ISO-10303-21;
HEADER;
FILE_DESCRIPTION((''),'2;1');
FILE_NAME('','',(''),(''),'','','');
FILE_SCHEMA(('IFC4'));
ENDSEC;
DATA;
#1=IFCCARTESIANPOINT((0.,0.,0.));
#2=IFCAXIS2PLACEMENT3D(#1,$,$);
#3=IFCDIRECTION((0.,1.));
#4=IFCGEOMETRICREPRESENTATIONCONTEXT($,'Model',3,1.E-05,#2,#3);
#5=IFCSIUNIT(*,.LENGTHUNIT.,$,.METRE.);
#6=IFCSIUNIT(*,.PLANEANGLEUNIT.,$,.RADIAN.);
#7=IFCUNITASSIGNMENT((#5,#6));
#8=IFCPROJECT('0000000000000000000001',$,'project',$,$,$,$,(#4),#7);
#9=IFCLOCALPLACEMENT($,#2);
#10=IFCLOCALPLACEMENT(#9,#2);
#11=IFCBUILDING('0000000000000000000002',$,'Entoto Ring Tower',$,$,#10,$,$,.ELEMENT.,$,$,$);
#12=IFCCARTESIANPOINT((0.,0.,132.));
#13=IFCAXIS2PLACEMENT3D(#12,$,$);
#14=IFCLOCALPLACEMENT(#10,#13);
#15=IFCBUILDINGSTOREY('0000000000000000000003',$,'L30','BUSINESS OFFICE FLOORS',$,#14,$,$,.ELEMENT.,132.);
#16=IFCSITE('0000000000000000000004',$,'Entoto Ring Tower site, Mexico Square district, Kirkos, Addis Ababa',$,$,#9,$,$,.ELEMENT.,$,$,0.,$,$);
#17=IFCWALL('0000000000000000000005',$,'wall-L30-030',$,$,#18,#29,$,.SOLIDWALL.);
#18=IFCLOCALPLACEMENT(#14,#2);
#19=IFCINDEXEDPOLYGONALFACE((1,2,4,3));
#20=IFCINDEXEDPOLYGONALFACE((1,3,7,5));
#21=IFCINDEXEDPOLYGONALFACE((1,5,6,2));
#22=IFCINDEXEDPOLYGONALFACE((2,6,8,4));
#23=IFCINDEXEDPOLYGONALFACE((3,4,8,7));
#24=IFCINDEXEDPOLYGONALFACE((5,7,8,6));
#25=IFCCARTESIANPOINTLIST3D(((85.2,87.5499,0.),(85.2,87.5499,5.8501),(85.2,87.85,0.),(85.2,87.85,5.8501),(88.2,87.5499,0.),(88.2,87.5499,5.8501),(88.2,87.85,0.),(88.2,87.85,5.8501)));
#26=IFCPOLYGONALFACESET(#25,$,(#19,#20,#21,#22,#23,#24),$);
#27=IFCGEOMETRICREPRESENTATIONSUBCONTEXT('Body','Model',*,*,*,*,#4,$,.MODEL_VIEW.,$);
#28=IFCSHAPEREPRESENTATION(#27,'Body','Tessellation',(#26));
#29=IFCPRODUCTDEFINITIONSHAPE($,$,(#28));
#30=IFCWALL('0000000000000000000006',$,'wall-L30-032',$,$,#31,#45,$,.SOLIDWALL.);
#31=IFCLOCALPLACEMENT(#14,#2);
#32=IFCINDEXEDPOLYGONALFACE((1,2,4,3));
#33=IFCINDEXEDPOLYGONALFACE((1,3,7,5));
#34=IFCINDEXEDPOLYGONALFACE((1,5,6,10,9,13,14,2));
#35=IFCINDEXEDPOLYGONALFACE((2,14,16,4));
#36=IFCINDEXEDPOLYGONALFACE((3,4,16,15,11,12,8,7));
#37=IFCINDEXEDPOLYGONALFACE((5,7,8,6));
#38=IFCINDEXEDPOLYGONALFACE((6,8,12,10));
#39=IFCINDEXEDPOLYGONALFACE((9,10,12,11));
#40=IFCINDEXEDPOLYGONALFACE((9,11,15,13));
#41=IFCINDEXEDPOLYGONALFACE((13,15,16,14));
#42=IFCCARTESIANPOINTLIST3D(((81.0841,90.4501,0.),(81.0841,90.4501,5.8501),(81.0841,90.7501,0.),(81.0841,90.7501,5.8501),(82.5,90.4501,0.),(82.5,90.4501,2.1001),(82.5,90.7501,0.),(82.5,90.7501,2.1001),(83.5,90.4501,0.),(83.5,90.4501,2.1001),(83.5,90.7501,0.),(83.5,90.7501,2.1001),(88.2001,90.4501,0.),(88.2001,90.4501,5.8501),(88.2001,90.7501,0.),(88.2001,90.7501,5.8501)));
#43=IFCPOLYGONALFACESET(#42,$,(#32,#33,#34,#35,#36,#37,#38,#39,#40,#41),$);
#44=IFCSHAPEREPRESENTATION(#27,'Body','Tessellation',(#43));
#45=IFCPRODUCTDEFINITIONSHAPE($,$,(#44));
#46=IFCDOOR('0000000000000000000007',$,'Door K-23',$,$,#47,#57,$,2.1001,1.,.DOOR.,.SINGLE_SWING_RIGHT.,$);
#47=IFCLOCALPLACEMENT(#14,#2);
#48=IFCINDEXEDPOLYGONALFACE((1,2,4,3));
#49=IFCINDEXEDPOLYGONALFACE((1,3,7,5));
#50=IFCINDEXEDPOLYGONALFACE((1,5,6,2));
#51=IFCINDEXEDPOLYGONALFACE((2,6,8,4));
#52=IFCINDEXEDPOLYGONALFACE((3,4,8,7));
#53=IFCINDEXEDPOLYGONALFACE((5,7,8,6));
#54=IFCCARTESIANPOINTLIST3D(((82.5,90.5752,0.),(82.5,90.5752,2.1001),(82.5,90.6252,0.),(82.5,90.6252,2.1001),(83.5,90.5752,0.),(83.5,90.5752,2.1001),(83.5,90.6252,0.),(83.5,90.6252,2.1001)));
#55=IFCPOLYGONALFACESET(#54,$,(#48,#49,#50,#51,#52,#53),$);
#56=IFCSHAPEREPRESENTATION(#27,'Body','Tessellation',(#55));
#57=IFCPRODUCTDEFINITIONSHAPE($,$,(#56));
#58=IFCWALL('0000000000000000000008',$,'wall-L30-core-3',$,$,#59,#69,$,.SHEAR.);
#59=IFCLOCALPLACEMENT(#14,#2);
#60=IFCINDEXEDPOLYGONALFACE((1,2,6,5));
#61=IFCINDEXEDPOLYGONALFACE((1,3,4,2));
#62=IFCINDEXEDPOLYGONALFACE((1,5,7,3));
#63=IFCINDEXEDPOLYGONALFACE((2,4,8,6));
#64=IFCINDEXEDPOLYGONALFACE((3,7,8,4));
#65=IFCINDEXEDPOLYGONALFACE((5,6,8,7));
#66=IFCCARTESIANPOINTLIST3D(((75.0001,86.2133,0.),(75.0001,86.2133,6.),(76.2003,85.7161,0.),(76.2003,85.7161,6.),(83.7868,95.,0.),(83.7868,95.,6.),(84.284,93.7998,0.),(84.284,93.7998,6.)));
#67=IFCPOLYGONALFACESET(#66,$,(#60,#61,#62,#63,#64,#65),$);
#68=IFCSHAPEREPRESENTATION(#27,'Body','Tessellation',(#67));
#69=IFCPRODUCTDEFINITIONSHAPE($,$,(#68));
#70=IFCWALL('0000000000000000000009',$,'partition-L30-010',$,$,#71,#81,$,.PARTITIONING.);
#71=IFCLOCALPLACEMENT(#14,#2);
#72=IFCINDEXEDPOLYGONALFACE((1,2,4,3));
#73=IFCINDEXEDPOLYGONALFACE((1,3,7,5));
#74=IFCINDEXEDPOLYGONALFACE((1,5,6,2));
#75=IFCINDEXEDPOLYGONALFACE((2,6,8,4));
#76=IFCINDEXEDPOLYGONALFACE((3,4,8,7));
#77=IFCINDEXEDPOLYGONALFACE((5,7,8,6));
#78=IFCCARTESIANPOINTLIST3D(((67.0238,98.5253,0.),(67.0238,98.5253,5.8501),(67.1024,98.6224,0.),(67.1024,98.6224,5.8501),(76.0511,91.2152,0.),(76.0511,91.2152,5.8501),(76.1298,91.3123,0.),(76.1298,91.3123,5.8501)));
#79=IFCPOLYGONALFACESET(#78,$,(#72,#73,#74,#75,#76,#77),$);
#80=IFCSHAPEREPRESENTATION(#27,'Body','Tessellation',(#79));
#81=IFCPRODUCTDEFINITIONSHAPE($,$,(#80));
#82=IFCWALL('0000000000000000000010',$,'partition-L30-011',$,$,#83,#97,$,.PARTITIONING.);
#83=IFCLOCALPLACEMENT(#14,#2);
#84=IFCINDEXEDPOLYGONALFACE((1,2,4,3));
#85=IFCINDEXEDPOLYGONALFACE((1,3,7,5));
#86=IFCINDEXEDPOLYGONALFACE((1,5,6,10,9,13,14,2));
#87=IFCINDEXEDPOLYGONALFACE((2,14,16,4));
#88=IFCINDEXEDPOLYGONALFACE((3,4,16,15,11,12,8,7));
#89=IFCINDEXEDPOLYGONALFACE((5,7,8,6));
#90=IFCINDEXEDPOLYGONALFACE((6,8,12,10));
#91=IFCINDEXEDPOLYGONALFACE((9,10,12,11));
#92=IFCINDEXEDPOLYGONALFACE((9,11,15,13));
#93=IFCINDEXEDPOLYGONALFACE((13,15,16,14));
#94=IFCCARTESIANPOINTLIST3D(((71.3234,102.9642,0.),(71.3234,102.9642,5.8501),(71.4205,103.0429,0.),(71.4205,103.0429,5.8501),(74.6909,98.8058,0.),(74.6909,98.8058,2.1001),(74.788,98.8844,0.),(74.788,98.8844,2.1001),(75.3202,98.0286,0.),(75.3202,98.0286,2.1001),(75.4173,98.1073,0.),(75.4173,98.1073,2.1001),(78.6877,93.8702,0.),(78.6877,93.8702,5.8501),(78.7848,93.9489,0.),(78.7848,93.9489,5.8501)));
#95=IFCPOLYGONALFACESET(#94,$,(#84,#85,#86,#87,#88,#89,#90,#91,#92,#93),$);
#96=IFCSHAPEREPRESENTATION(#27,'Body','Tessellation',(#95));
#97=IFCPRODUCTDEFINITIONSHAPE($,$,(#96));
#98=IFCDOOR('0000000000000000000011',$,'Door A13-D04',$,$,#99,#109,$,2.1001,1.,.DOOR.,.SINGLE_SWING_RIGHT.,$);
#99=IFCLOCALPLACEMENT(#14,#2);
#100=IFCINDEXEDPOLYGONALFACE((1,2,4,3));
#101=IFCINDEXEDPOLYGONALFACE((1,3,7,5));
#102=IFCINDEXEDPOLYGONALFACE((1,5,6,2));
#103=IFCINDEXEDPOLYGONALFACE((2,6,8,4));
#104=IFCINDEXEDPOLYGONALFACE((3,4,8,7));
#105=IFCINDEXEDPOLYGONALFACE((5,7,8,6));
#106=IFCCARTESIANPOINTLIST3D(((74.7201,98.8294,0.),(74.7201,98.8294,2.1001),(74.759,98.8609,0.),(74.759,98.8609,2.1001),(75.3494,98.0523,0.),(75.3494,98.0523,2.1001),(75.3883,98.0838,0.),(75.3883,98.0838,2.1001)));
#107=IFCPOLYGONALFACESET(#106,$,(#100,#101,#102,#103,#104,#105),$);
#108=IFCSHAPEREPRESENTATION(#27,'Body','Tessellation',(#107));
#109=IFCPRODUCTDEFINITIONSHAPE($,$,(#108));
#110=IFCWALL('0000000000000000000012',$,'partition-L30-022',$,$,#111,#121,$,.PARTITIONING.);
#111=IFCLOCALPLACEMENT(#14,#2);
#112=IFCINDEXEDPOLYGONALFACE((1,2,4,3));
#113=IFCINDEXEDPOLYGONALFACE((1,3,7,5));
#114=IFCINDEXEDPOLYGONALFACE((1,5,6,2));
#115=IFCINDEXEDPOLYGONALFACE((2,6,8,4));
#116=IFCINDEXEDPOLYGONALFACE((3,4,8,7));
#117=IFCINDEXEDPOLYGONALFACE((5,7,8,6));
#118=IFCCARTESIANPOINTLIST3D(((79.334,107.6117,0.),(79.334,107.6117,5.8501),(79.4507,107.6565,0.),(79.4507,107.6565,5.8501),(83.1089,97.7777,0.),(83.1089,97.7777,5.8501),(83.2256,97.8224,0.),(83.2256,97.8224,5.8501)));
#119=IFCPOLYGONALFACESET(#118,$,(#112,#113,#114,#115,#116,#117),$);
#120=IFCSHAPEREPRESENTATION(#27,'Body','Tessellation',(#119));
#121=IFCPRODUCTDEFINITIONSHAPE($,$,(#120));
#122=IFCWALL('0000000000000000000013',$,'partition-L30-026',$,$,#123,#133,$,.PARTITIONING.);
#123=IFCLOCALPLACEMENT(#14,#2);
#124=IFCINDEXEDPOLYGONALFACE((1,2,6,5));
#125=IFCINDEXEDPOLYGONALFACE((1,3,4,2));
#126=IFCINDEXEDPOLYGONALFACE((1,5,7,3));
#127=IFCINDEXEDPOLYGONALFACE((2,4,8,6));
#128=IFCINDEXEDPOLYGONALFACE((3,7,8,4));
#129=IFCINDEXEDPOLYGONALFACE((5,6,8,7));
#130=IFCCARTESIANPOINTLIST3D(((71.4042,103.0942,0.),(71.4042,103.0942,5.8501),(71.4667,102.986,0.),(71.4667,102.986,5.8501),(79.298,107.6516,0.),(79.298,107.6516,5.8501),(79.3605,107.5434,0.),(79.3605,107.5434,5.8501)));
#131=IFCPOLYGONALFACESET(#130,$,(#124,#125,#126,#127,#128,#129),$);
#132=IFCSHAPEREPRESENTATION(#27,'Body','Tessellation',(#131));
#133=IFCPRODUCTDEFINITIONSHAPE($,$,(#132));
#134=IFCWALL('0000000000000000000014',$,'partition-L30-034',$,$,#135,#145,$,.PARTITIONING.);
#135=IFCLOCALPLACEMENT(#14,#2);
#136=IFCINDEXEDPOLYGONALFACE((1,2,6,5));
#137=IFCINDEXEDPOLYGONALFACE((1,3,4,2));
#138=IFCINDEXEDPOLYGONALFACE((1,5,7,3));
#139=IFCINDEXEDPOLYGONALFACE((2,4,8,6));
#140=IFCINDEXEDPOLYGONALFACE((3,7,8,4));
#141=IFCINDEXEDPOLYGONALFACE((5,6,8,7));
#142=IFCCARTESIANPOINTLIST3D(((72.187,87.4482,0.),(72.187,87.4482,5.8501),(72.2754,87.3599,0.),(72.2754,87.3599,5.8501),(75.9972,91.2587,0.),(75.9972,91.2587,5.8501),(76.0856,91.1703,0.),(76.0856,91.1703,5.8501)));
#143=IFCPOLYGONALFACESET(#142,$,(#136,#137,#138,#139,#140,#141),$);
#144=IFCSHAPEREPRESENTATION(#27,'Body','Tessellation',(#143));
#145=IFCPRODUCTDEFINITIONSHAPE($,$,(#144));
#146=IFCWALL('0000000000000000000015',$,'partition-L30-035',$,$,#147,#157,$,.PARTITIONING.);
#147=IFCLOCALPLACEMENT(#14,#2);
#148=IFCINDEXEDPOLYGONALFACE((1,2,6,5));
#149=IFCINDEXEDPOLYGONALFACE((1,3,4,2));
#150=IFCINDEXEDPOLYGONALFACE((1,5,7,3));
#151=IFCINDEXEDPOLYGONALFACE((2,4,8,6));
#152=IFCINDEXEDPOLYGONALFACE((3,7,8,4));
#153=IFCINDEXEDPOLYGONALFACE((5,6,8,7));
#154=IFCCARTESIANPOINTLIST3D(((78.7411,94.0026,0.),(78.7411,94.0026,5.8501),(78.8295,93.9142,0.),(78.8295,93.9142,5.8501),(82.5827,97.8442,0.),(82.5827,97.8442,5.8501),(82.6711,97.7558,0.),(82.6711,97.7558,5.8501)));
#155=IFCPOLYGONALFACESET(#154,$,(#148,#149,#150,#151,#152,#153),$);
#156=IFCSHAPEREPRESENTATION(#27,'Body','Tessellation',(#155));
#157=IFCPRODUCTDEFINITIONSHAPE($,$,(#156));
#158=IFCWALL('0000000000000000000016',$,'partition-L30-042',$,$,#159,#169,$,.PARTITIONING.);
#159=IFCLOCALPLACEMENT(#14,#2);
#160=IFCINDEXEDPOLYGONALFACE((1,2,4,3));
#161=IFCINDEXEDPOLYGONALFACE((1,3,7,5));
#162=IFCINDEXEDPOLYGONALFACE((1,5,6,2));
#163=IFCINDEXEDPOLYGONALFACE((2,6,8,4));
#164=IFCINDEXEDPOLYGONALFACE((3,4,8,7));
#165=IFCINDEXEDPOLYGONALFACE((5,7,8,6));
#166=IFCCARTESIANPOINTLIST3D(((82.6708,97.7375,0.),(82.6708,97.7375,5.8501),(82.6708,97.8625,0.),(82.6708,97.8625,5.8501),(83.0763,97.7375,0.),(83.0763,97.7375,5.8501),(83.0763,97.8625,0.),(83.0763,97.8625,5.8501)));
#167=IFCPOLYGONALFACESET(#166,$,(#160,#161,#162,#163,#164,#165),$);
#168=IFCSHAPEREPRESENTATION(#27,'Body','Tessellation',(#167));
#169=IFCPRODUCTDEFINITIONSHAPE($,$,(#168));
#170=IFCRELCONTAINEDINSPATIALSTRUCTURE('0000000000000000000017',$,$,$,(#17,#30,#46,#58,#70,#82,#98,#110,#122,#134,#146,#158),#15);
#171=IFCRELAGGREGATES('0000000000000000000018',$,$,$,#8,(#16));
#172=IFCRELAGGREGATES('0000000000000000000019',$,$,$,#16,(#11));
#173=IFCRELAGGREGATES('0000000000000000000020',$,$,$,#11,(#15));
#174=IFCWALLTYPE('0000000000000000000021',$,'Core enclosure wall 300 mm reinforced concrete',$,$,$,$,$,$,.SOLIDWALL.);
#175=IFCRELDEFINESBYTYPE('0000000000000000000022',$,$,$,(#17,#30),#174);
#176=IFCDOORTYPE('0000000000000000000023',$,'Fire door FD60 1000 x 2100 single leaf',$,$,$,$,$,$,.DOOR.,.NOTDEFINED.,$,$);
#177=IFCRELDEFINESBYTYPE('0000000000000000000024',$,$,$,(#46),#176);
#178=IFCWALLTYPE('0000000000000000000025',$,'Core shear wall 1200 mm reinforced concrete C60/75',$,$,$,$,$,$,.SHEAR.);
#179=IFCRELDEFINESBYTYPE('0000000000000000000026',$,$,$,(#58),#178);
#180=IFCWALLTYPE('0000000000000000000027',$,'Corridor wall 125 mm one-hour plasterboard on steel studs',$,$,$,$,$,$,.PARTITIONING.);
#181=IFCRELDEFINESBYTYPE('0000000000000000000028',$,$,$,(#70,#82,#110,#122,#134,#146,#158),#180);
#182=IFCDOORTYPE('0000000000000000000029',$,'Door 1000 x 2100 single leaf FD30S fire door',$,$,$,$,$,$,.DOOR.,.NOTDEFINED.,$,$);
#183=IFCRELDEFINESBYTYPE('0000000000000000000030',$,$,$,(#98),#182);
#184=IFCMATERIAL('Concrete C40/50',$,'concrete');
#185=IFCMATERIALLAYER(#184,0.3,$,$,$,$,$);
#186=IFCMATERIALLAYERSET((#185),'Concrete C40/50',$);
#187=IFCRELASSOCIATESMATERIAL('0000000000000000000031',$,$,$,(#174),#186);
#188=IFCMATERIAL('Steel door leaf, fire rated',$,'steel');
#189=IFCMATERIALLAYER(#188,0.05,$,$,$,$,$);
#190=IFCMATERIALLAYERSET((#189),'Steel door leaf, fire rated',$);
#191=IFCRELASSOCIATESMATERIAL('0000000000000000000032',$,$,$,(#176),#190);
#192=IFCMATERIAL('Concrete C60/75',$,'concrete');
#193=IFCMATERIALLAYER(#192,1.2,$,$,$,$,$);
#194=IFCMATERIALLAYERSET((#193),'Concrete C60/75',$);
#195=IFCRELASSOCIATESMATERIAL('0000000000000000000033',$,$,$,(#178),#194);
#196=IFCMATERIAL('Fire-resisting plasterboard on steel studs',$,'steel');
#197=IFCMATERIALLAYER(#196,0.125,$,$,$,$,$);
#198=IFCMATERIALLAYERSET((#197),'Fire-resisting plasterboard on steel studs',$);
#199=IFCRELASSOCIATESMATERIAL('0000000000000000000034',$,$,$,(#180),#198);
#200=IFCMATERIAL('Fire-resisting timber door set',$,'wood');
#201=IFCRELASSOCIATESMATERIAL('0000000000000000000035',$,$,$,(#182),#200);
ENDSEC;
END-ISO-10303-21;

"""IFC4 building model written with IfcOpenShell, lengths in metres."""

from ifc_helpers import new_model, si_unit, direction, frame, frame_2d, origin, place, context, subcontext, project, spatial, polyline, rectangle, outline, extrude, material, layer, layer_set, type_object, element, fill, save


model = new_model("IFC4")

# Units and contexts
model_context = context("Model", 3, precision=1e-05, world=origin(), true_north=direction((0.0, 1.0)))
body_context = subcontext(model_context, "Body", "Model", "MODEL_VIEW")
ifc_project = project(units=[si_unit("LENGTHUNIT", "METRE"), si_unit("PLANEANGLEUNIT", "RADIAN")], contexts=[model_context])

# Site, building, storey
site_placement = place(None, origin())
site = spatial("IfcSite", under=ifc_project, at=site_placement, Name="Entoto Ring Tower site, Mexico Square district, Kirkos, Addis Ababa", CompositionType="ELEMENT", RefElevation=0.0)
building_placement = place(site_placement, origin())
building = spatial("IfcBuilding", under=site, at=building_placement, Name="Entoto Ring Tower", CompositionType="ELEMENT")
storey_placement = place(building_placement, frame((0.0, 0.0, 132.0)))
storey = spatial("IfcBuildingStorey", under=building, at=storey_placement, Name="L30", Description="BUSINESS OFFICE FLOORS", CompositionType="ELEMENT", Elevation=132.0)

# Wall
ifc_material_1 = material(Name="Concrete C40/50", Category="concrete")
ifc_layer_1 = layer(ifc_material_1, 0.3)
ifc_layer_set_1 = layer_set([ifc_layer_1], Name="Concrete C40/50")
wall_type_1 = type_object("IfcWallType", Name="Core enclosure wall 300 mm reinforced concrete", PredefinedType="SOLIDWALL", material=ifc_layer_set_1)
wall_1_placement = place(storey_placement, frame((85.2, 87.7, 0.0), z_axis=(0.0, 0.0, 1.0), x_axis=(1.0, 0.0, 0.0)))
element("IfcWall", 1, at=wall_1_placement, inside=storey, type_object=wall_type_1, Name="wall-L30-030", PredefinedType="SOLIDWALL", context=body_context, shape_type="SweptSolid", body=[
    extrude(rectangle(XDim=3.0, YDim=0.3, at=frame_2d((1.5, 0.0))), origin(), (0.0, 0.0, 1.0), 5.8501),
])

# Wall, opening, door
wall_2_placement = place(storey_placement, frame((81.084, 90.6001, 0.0), z_axis=(0.0, 0.0, 1.0), x_axis=(1.0, 0.0, 0.0)))
wall_2 = element("IfcWall", 2, at=wall_2_placement, inside=storey, type_object=wall_type_1, Name="wall-L30-032", PredefinedType="SOLIDWALL", context=body_context, shape_type="SweptSolid", body=[
    extrude(rectangle(XDim=7.116, YDim=0.3, at=frame_2d((3.5581, 0.0))), origin(), (0.0, 0.0, 1.0), 5.8501),
])
opening_1_placement = place(wall_2_placement, frame((1.416, 0.0, 0.0)))
opening_1 = element("IfcOpeningElement", 3, at=opening_1_placement, cuts=wall_2, PredefinedType="OPENING", context=body_context, shape_type="SweptSolid", body=[
    extrude(rectangle(XDim=1.0, YDim=2.1001, at=frame_2d((0.5, 1.05))), frame((0.0, 0.1602, 0.0), z_axis=(0.0, -1.0, 0.0), x_axis=(1.0, 0.0, 0.0)), (0.0, 0.0, 1.0), 0.3201),
])
ifc_material_2 = material(Name="Steel door leaf, fire rated", Category="steel")
ifc_layer_2 = layer(ifc_material_2, 0.05)
ifc_layer_set_2 = layer_set([ifc_layer_2], Name="Steel door leaf, fire rated")
door_type_1 = type_object("IfcDoorType", Name="Fire door FD60 1000 x 2100 single leaf", OperationType="NOTDEFINED", PredefinedType="DOOR", material=ifc_layer_set_2)
door_1_placement = place(opening_1_placement, frame((1.0, 0.0, 0.0), z_axis=(0.0, 0.0, 1.0), x_axis=(-1.0, 0.0, 0.0)))
door_1 = element("IfcDoor", 4, at=door_1_placement, inside=storey, type_object=door_type_1, Name="Door K-23", OperationType="SINGLE_SWING_RIGHT", OverallHeight=2.1001, OverallWidth=1.0, PredefinedType="DOOR", context=body_context, shape_type="SweptSolid", body=[
    extrude(rectangle(XDim=1.0, YDim=2.1001, at=frame_2d((0.5, 1.05))), frame((0.0, 0.0249, 0.0), z_axis=(0.0, -1.0, 0.0), x_axis=(1.0, 0.0, 0.0)), (0.0, 0.0, 1.0), 0.05),
])
fill(opening_1, door_1)

# Walls
ifc_material_3 = material(Name="Concrete C60/75", Category="concrete")
ifc_layer_3 = layer(ifc_material_3, 1.2)
ifc_layer_set_3 = layer_set([ifc_layer_3], Name="Concrete C60/75")
wall_type_2 = type_object("IfcWallType", Name="Core shear wall 1200 mm reinforced concrete C60/75", PredefinedType="SHEAR", material=ifc_layer_set_3)
wall_3_placement = place(storey_placement, frame((84.0354, 94.3999, 0.0), z_axis=(0.0, 0.0, 1.0), x_axis=(-0.707107, -0.707107, 0.0)))
element("IfcWall", 5, at=wall_3_placement, inside=storey, type_object=wall_type_2, Name="wall-L30-core-3", PredefinedType="SHEAR", context=body_context, shape_type="SweptSolid", body=[
    extrude(outline(polyline([(-0.2485, -0.6001), (12.1777, -0.6001), (11.6807, 0.6001), (0.2485, 0.6001), (-0.2485, -0.6001)])), origin(), (0.0, 0.0, 1.0), 6.0),
])
ifc_material_4 = material(Name="Fire-resisting plasterboard on steel studs", Category="steel")
ifc_layer_4 = layer(ifc_material_4, 0.125)
ifc_layer_set_4 = layer_set([ifc_layer_4], Name="Fire-resisting plasterboard on steel studs")
wall_type_3 = type_object("IfcWallType", Name="Corridor wall 125 mm one-hour plasterboard on steel studs", PredefinedType="PARTITIONING", material=ifc_layer_set_4)
wall_4_placement = place(storey_placement, frame((76.0906, 91.2637, 0.0), z_axis=(0.0, 0.0, 1.0), x_axis=(-0.777152, 0.629313, 0.0)))
element("IfcWall", 6, at=wall_4_placement, inside=storey, type_object=wall_type_3, Name="partition-L30-010", PredefinedType="PARTITIONING", context=body_context, shape_type="SweptSolid", body=[
    extrude(rectangle(XDim=11.616, YDim=0.125, at=frame_2d((5.8081, 0.0))), origin(), (0.0, 0.0, 1.0), 5.8501),
])

# Wall, opening, door
wall_5_placement = place(storey_placement, frame((78.7363, 93.9094, 0.0), z_axis=(0.0, 0.0, 1.0), x_axis=(-0.629325, 0.777142, 0.0)))
wall_5 = element("IfcWall", 7, at=wall_5_placement, inside=storey, type_object=wall_type_3, Name="partition-L30-011", PredefinedType="PARTITIONING", context=body_context, shape_type="SweptSolid", body=[
    extrude(rectangle(XDim=11.7019, YDim=0.125, at=frame_2d((5.8511, 0.0))), origin(), (0.0, 0.0, 1.0), 5.8501),
])
opening_2_placement = place(wall_5_placement, frame((5.3511, 0.0, 0.0)))
opening_2 = element("IfcOpeningElement", 8, at=opening_2_placement, cuts=wall_5, PredefinedType="OPENING", context=body_context, shape_type="SweptSolid", body=[
    extrude(rectangle(XDim=1.0, YDim=2.1001, at=frame_2d((0.5, 1.05))), frame((0.0, 0.0725, 0.0), z_axis=(0.0, -1.0, 0.0), x_axis=(1.0, 0.0, 0.0)), (0.0, 0.0, 1.0), 0.145),
])
ifc_material_5 = material(Name="Fire-resisting timber door set", Category="wood")
door_type_2 = type_object("IfcDoorType", Name="Door 1000 x 2100 single leaf FD30S fire door", OperationType="NOTDEFINED", PredefinedType="DOOR", material=ifc_material_5)
door_2_placement = place(opening_2_placement, origin())
door_2 = element("IfcDoor", 9, at=door_2_placement, inside=storey, type_object=door_type_2, Name="Door A13-D04", OperationType="SINGLE_SWING_RIGHT", OverallHeight=2.1001, OverallWidth=1.0, PredefinedType="DOOR", context=body_context, shape_type="SweptSolid", body=[
    extrude(rectangle(XDim=1.0, YDim=2.1001, at=frame_2d((0.5, 1.05))), frame((0.0, 0.0249, 0.0), z_axis=(0.0, -1.0, 0.0), x_axis=(1.0, 0.0, 0.0)), (0.0, 0.0, 1.0), 0.05),
])
fill(opening_2, door_2)

# Walls
wall_6_placement = place(storey_placement, frame((83.1672, 97.8, 0.0), z_axis=(0.0, 0.0, 1.0), x_axis=(-0.358367, 0.933581, 0.0)))
element("IfcWall", 10, at=wall_6_placement, inside=storey, type_object=wall_type_3, Name="partition-L30-022", PredefinedType="PARTITIONING", context=body_context, shape_type="SweptSolid", body=[
    extrude(rectangle(XDim=10.5337, YDim=0.125, at=frame_2d((5.2668, 0.0))), origin(), (0.0, 0.0, 1.0), 5.8501),
])
wall_7_placement = place(storey_placement, frame((71.4353, 103.04, 0.0), z_axis=(0.0, 0.0, 1.0), x_axis=(0.866031, 0.499991, 0.0)))
element("IfcWall", 11, at=wall_7_placement, inside=storey, type_object=wall_type_3, Name="partition-L30-026", PredefinedType="PARTITIONING", context=body_context, shape_type="SweptSolid", body=[
    extrude(rectangle(XDim=9.115, YDim=0.125, at=frame_2d((4.5576, 0.0))), origin(), (0.0, 0.0, 1.0), 5.8501),
])
wall_8_placement = place(storey_placement, frame((72.2312, 87.4041, 0.0), z_axis=(0.0, 0.0, 1.0), x_axis=(0.707084, 0.707129, 0.0)))
element("IfcWall", 12, at=wall_8_placement, inside=storey, type_object=wall_type_3, Name="partition-L30-034", PredefinedType="PARTITIONING", context=body_context, shape_type="SweptSolid", body=[
    extrude(rectangle(XDim=5.3887, YDim=0.125, at=frame_2d((2.6943, 0.0))), origin(), (0.0, 0.0, 1.0), 5.8501),
])
wall_9_placement = place(storey_placement, frame((78.7854, 93.9585, 0.0), z_axis=(0.0, 0.0, 1.0), x_axis=(0.707107, 0.707107, 0.0)))
element("IfcWall", 13, at=wall_9_placement, inside=storey, type_object=wall_type_3, Name="partition-L30-035", PredefinedType="PARTITIONING", context=body_context, shape_type="SweptSolid", body=[
    extrude(rectangle(XDim=5.4329, YDim=0.125, at=frame_2d((2.7163, 0.0))), origin(), (0.0, 0.0, 1.0), 5.8501),
])
wall_10_placement = place(storey_placement, frame((82.6709, 97.8, 0.0), z_axis=(0.0, 0.0, 1.0), x_axis=(1.0, 0.0, 0.0)))
element("IfcWall", 14, at=wall_10_placement, inside=storey, type_object=wall_type_3, Name="partition-L30-042", PredefinedType="PARTITIONING", context=body_context, shape_type="SweptSolid", body=[
    extrude(rectangle(XDim=0.4055, YDim=0.125, at=frame_2d((0.2026, 0.0))), origin(), (0.0, 0.0, 1.0), 5.8501),
])

save(model, "model.ifc")
